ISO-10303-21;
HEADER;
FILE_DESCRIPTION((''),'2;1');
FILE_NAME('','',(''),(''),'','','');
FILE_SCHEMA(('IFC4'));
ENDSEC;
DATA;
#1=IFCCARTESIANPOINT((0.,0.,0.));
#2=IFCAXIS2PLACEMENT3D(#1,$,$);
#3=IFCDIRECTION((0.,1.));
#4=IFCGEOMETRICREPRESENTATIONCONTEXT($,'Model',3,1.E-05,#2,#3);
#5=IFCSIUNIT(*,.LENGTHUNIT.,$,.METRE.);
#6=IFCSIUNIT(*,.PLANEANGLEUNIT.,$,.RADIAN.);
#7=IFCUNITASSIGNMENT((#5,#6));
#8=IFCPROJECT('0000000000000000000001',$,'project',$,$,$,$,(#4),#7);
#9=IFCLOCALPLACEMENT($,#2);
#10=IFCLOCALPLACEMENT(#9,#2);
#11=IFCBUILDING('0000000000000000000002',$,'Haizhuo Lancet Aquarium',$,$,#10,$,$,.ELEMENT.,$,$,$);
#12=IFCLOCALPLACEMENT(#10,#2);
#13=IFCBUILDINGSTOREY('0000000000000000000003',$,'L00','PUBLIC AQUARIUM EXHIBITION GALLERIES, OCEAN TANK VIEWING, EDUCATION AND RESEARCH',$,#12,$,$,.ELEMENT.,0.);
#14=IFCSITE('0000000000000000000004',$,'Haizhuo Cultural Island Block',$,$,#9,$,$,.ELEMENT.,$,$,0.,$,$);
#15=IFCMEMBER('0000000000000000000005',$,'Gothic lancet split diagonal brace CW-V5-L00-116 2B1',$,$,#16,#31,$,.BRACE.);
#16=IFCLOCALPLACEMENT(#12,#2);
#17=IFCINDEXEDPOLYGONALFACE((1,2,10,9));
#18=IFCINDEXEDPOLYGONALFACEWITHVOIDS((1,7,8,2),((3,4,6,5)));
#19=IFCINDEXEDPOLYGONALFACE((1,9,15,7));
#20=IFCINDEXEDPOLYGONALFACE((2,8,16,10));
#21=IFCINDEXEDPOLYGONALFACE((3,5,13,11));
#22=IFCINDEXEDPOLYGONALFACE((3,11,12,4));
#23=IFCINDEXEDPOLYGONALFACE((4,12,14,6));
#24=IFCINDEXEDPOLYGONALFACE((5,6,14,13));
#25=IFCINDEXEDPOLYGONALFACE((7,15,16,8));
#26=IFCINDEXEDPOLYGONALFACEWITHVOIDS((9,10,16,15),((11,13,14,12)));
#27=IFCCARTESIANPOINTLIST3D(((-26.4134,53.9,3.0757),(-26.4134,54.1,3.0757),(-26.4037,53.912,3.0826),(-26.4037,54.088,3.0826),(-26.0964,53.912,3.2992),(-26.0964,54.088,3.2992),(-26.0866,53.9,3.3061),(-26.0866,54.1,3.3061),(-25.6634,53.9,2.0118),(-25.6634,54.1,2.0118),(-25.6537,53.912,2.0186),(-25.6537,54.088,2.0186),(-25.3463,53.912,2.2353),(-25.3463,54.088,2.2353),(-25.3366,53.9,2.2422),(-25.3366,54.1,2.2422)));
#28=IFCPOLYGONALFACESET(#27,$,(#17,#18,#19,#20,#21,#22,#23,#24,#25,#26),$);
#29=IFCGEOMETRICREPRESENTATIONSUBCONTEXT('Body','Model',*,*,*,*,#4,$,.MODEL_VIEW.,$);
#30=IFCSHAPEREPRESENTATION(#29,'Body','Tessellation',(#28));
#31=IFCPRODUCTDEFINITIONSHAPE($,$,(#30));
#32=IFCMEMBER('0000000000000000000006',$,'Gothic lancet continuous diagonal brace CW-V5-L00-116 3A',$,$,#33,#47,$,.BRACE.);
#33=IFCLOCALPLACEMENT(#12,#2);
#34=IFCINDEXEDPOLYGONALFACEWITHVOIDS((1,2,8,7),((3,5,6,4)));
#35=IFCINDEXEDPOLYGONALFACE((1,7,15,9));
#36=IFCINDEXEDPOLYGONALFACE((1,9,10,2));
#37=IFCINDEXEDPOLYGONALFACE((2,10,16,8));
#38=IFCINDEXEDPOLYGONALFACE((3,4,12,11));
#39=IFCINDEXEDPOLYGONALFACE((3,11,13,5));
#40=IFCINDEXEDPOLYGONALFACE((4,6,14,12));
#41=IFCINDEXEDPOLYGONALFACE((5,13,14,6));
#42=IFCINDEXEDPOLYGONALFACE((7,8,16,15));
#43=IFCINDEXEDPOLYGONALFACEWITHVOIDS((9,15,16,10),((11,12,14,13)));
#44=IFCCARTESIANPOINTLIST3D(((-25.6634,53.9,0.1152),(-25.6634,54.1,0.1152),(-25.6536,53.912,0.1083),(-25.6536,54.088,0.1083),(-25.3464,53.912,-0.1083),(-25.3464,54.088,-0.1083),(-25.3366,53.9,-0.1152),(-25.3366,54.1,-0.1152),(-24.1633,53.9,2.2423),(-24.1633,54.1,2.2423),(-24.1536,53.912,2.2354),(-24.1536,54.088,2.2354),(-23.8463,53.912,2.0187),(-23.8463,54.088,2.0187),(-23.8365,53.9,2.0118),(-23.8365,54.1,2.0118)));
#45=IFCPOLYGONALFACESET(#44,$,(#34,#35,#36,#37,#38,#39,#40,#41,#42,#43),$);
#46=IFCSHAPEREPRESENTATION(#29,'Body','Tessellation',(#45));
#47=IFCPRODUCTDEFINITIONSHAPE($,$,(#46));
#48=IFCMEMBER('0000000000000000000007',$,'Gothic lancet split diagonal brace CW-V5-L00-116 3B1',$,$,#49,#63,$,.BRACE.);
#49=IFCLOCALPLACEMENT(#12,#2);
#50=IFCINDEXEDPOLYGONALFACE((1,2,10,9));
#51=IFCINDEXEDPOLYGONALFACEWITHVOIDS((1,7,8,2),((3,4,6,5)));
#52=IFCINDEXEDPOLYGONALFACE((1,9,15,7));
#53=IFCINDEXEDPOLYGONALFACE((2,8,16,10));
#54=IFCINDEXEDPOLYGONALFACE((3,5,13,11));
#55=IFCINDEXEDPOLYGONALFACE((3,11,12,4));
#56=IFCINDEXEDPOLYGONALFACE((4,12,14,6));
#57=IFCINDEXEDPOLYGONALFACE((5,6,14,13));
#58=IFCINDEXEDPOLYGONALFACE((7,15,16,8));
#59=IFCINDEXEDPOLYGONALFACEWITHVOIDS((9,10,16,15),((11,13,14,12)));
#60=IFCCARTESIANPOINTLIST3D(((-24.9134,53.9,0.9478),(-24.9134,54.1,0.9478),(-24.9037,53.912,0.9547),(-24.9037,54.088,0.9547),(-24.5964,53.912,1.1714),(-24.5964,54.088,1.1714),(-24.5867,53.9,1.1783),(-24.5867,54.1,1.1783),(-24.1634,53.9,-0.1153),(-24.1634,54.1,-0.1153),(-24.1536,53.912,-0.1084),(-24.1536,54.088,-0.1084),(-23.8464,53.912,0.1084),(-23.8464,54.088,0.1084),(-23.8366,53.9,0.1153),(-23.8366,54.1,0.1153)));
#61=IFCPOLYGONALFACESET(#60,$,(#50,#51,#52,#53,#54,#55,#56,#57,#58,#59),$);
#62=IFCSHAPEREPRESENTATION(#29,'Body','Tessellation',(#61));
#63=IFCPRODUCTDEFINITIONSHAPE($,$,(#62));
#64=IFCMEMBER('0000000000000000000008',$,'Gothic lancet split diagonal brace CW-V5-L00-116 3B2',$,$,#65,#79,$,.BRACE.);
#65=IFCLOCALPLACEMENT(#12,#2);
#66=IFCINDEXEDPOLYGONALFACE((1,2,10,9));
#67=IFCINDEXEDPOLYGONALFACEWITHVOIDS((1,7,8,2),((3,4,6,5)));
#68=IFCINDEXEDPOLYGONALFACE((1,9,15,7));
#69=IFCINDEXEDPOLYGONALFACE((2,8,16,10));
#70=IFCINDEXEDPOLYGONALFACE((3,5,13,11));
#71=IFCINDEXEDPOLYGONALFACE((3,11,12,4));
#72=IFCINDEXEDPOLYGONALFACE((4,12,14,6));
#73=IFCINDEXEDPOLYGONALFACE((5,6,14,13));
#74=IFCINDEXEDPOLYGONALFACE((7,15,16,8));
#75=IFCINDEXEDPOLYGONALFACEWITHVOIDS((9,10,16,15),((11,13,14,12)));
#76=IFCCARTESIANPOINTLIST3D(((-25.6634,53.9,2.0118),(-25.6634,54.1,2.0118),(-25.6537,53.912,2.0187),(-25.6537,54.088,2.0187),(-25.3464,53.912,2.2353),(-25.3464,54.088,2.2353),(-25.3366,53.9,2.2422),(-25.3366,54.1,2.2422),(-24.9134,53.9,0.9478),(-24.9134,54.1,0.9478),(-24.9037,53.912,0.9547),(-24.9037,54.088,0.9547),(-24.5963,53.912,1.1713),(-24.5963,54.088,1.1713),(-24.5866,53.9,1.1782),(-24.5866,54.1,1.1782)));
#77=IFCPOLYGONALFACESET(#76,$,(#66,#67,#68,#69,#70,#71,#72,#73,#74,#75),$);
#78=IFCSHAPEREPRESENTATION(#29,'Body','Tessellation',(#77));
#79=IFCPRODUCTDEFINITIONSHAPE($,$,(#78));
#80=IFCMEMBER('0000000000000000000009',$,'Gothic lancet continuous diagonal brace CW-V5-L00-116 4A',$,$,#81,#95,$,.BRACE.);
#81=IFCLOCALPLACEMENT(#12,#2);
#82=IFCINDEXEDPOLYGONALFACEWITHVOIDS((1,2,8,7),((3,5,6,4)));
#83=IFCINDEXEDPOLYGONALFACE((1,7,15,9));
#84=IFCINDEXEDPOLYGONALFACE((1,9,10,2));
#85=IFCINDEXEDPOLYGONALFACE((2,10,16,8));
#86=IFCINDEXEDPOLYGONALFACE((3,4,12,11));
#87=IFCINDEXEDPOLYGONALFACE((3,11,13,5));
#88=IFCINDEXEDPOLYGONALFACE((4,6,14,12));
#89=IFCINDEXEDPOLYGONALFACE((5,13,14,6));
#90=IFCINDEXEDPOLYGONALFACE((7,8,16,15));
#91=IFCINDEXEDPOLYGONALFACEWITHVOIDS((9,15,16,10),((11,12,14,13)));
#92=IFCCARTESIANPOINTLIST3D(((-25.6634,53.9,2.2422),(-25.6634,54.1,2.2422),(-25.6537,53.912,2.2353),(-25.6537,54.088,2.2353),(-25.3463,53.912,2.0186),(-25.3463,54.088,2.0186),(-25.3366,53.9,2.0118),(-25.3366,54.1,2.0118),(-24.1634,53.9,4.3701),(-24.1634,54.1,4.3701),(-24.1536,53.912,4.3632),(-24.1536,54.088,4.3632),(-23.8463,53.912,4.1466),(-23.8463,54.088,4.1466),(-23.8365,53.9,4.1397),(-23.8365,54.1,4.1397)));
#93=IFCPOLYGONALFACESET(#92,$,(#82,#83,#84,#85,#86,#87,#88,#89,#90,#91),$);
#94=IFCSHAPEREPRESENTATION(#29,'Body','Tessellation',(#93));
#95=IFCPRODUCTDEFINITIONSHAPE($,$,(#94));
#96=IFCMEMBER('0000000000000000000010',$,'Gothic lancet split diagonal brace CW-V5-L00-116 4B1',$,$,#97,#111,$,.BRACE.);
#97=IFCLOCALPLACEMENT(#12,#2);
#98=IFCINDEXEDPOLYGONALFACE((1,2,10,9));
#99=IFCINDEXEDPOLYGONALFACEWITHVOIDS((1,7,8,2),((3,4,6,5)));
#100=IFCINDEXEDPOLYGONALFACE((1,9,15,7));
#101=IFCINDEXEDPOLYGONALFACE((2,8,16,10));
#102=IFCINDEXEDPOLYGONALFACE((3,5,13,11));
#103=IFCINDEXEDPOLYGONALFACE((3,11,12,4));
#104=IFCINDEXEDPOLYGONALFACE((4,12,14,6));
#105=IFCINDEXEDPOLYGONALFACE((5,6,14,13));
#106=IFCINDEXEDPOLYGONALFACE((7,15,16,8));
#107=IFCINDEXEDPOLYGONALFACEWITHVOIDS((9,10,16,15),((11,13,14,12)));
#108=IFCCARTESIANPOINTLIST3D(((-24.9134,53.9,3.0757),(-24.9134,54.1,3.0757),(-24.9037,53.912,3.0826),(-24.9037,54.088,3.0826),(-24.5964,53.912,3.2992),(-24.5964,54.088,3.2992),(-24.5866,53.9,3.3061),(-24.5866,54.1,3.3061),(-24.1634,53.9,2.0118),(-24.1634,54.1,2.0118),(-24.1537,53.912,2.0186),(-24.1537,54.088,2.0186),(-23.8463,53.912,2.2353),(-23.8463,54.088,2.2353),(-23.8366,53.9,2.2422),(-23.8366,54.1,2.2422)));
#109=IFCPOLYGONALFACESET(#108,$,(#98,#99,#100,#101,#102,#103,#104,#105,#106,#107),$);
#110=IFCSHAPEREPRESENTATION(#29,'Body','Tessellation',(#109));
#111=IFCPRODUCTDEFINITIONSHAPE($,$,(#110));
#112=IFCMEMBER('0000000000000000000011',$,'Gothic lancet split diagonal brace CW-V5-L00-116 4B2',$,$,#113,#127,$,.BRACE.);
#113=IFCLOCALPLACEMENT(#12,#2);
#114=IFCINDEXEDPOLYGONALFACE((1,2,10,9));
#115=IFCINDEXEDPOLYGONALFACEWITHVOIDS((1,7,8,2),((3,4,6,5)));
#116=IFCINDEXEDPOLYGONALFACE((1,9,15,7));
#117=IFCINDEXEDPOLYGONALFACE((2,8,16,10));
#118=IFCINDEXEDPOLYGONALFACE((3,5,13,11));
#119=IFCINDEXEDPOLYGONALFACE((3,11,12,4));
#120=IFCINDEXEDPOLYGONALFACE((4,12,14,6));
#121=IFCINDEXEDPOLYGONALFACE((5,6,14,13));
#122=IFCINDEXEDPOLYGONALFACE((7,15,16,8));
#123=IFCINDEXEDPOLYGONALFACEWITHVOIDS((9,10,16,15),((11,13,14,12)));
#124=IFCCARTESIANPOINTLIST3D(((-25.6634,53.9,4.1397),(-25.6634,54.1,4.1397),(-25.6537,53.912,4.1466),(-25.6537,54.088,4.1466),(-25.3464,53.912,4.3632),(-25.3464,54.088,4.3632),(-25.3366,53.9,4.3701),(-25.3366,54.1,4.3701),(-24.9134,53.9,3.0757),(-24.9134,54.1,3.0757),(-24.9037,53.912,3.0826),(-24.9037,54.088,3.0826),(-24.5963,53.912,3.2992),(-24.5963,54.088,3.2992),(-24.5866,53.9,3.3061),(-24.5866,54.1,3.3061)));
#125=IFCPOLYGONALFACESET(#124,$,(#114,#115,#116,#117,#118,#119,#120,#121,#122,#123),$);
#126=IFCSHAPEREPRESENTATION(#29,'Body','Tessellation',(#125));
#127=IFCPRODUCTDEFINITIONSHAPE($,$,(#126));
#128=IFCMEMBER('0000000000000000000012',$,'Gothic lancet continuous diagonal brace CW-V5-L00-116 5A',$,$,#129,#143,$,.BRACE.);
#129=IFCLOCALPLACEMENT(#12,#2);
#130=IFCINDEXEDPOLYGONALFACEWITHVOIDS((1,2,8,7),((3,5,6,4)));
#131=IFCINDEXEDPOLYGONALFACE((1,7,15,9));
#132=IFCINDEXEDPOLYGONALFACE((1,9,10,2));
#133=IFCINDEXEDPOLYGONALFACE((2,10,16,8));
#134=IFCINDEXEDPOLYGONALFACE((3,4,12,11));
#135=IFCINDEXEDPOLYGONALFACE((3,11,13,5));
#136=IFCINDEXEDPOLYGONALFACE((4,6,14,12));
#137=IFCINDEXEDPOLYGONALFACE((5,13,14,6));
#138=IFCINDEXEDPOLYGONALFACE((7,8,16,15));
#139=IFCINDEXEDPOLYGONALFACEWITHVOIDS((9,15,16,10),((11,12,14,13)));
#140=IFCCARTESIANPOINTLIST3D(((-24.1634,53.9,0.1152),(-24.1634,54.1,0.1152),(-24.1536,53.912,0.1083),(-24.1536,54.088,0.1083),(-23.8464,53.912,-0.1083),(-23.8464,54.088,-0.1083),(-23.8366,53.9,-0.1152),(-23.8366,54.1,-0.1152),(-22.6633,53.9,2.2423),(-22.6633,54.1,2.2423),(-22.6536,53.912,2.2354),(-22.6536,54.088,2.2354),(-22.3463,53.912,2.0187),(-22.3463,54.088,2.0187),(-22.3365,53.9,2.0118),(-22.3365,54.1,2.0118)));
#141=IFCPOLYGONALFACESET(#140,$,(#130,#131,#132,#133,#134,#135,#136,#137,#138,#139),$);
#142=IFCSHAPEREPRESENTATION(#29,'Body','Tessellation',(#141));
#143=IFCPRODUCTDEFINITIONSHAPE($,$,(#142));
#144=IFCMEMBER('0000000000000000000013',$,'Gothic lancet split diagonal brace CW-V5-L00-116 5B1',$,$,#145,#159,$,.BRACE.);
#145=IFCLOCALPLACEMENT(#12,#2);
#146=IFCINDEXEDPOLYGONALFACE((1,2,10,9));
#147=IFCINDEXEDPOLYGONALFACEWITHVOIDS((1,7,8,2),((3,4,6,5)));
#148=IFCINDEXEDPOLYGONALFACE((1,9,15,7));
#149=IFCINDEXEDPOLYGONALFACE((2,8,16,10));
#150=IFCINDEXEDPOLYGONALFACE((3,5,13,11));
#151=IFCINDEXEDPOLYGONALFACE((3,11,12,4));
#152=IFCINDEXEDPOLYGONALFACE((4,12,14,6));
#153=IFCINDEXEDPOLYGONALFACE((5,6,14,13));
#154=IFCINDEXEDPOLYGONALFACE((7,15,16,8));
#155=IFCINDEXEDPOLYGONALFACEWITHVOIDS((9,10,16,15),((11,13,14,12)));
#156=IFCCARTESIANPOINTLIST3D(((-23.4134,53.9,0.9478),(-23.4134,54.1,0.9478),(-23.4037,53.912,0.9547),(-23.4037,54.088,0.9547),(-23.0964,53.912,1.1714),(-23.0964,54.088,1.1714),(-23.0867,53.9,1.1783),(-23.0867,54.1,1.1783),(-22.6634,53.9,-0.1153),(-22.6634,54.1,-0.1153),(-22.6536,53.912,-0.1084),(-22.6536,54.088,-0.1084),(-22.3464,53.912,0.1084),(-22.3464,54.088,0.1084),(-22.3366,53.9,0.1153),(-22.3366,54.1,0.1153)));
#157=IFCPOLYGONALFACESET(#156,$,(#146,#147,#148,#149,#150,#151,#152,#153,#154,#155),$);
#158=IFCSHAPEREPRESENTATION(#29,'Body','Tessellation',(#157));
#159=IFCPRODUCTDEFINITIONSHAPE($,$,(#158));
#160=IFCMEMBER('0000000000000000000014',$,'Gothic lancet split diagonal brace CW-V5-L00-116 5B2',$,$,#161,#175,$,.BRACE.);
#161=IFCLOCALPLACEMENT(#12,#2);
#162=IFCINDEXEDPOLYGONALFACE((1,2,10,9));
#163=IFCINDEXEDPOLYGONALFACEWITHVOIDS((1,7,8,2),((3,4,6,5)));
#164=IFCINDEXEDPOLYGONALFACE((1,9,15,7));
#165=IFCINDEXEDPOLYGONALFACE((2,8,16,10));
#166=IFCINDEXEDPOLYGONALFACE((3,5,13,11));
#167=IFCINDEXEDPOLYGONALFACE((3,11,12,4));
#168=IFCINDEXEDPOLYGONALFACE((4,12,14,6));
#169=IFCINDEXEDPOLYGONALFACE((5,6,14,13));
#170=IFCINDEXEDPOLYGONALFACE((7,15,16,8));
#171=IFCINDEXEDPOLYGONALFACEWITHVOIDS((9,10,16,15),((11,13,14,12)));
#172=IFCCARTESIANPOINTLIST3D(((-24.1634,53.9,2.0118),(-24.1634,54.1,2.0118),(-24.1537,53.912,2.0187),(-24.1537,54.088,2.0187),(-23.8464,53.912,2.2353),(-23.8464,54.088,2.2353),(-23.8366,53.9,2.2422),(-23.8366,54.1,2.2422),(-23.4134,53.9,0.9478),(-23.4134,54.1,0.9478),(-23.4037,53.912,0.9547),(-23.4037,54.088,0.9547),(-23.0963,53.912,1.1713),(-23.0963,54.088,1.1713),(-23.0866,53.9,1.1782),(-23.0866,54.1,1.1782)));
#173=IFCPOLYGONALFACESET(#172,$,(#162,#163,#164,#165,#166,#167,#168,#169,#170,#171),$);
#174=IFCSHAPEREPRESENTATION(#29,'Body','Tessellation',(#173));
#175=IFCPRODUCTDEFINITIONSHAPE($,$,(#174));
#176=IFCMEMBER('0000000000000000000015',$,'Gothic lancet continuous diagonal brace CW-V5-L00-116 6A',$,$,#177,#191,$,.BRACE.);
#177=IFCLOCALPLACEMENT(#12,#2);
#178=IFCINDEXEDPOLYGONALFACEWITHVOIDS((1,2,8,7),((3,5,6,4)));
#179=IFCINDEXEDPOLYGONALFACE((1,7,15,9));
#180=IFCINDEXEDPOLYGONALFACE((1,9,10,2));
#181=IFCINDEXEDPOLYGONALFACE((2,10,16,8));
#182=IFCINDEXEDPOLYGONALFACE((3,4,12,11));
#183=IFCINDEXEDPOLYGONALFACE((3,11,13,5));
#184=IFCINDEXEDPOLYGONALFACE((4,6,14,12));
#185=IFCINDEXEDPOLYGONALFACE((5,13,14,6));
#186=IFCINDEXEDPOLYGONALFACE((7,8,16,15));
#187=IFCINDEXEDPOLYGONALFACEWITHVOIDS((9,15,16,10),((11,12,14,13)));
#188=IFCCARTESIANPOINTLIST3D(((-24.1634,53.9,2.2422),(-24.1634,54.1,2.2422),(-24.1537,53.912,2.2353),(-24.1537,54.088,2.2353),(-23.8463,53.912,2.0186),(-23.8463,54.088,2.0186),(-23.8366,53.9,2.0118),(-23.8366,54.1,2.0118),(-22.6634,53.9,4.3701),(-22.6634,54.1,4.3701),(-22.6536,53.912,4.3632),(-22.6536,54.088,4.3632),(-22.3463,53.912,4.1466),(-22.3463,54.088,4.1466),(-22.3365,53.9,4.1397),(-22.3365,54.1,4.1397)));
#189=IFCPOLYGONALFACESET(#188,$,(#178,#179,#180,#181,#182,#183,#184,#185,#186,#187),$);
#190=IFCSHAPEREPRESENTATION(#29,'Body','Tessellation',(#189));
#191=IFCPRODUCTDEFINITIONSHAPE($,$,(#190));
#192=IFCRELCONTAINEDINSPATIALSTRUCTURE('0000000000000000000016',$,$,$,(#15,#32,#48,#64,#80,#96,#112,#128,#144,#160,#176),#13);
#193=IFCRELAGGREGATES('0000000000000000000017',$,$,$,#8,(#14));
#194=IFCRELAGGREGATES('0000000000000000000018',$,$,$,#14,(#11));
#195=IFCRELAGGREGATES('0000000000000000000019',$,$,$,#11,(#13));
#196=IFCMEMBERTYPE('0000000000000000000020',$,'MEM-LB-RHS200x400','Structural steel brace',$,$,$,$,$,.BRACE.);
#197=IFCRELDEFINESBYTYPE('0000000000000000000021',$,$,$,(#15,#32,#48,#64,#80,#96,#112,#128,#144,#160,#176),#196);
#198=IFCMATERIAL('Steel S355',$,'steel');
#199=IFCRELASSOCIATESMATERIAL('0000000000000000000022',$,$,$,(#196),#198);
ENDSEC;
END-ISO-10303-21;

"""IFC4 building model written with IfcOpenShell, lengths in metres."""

from ifc_helpers import new_model, si_unit, direction, frame, origin, origin_2d, place, context, subcontext, project, spatial, hollow_rectangle, extrude, material, material_profile, profile_set, type_object, element, save


model = new_model("IFC4")

# Units and contexts
model_context = context("Model", 3, precision=1e-05, world=origin(), true_north=direction((0.0, 1.0)))
body_context = subcontext(model_context, "Body", "Model", "MODEL_VIEW")
ifc_project = project(units=[si_unit("LENGTHUNIT", "METRE"), si_unit("PLANEANGLEUNIT", "RADIAN")], contexts=[model_context])

# Site, building, storey
site_placement = place(None, origin())
site = spatial("IfcSite", under=ifc_project, at=site_placement, Name="Haizhuo Cultural Island Block", CompositionType="ELEMENT", RefElevation=0.0)
building_placement = place(site_placement, origin())
building = spatial("IfcBuilding", under=site, at=building_placement, Name="Haizhuo Lancet Aquarium", CompositionType="ELEMENT")
storey_placement = place(building_placement, origin())
storey = spatial("IfcBuildingStorey", under=building, at=storey_placement, Name="L00", Description="PUBLIC AQUARIUM EXHIBITION GALLERIES, OCEAN TANK VIEWING, EDUCATION AND RESEARCH", CompositionType="ELEMENT", Elevation=0.0)

# Members
ifc_material_1 = material(Name="Steel S355", Category="steel")
ifc_material_profile_1 = material_profile(ifc_material_1, hollow_rectangle(XDim=0.2, YDim=0.3999, WallThickness=0.012, at=origin_2d()), Name="RHS 200x400x12")
ifc_profile_set_1 = profile_set([ifc_material_profile_1], Name="Steel S355")
member_type_1 = type_object("IfcMemberType", Name="MEM-LB-RHS200x400", Description="Structural steel brace", PredefinedType="BRACE", material=ifc_profile_set_1)
member_1_placement = place(storey_placement, frame((-25.5, 54.0, 2.127), z_axis=(-0.576153, 0.0, 0.817342), x_axis=(0.0, -1.0, 0.0)))
element("IfcMember", 1, at=member_1_placement, inside=storey, type_object=member_type_1, Name="Gothic lancet split diagonal brace CW-V5-L00-116 2B1", PredefinedType="BRACE", context=body_context, shape_type="SweptSolid", body=[
    extrude(hollow_rectangle(XDim=0.2, YDim=0.3999, WallThickness=0.012, at=origin_2d()), origin(), (0.0, 0.0, 1.0), 1.3018),
])
member_2_placement = place(storey_placement, frame((-25.5, 54.0, 0.0), z_axis=(0.57633, 0.0, 0.817217), x_axis=(0.0, 1.0, 0.0)))
element("IfcMember", 2, at=member_2_placement, inside=storey, type_object=member_type_1, Name="Gothic lancet continuous diagonal brace CW-V5-L00-116 3A", PredefinedType="BRACE", context=body_context, shape_type="SweptSolid", body=[
    extrude(hollow_rectangle(XDim=0.2, YDim=0.3999, WallThickness=0.012, at=origin_2d()), origin(), (0.0, 0.0, 1.0), 2.6028),
])
member_3_placement = place(storey_placement, frame((-24.0, 54.0, 0.0), z_axis=(-0.576506, 0.0, 0.817093), x_axis=(0.0, -1.0, 0.0)))
element("IfcMember", 3, at=member_3_placement, inside=storey, type_object=member_type_1, Name="Gothic lancet split diagonal brace CW-V5-L00-116 3B1", PredefinedType="BRACE", context=body_context, shape_type="SweptSolid", body=[
    extrude(hollow_rectangle(XDim=0.2, YDim=0.3999, WallThickness=0.012, at=origin_2d()), origin(), (0.0, 0.0, 1.0), 1.301),
])
member_4_placement = place(storey_placement, frame((-24.75, 54.0, 1.063), z_axis=(-0.576153, 0.0, 0.817342), x_axis=(0.0, -1.0, 0.0)))
element("IfcMember", 4, at=member_4_placement, inside=storey, type_object=member_type_1, Name="Gothic lancet split diagonal brace CW-V5-L00-116 3B2", PredefinedType="BRACE", context=body_context, shape_type="SweptSolid", body=[
    extrude(hollow_rectangle(XDim=0.2, YDim=0.3999, WallThickness=0.012, at=origin_2d()), origin(), (0.0, 0.0, 1.0), 1.3018),
])
member_5_placement = place(storey_placement, frame((-25.5, 54.0, 2.127), z_axis=(0.576153, 0.0, 0.817342), x_axis=(0.0, 1.0, 0.0)))
element("IfcMember", 5, at=member_5_placement, inside=storey, type_object=member_type_1, Name="Gothic lancet continuous diagonal brace CW-V5-L00-116 4A", PredefinedType="BRACE", context=body_context, shape_type="SweptSolid", body=[
    extrude(hollow_rectangle(XDim=0.2, YDim=0.3999, WallThickness=0.012, at=origin_2d()), origin(), (0.0, 0.0, 1.0), 2.6035),
])
for number, where, z_axis, x_axis, name in (
    (6, (-24.0, 54.0, 2.127), (-0.576153, 0.0, 0.817342), (0.0, -1.0, 0.0), "Gothic lancet split diagonal brace CW-V5-L00-116 4B1"),
    (7, (-24.75, 54.0, 3.1909), (-0.576153, 0.0, 0.817342), (0.0, -1.0, 0.0), "Gothic lancet split diagonal brace CW-V5-L00-116 4B2"),
):
    element("IfcMember", number, at=place(storey_placement, frame(where, z_axis=z_axis, x_axis=x_axis)), inside=storey, type_object=member_type_1, Name=name, PredefinedType="BRACE", context=body_context, shape_type="SweptSolid", body=[
        extrude(hollow_rectangle(XDim=0.2, YDim=0.3999, WallThickness=0.012, at=origin_2d()), origin(), (0.0, 0.0, 1.0), 1.3018),
    ])
member_6_placement = place(storey_placement, frame((-24.0, 54.0, 0.0), z_axis=(0.57633, 0.0, 0.817217), x_axis=(0.0, 1.0, 0.0)))
element("IfcMember", 8, at=member_6_placement, inside=storey, type_object=member_type_1, Name="Gothic lancet continuous diagonal brace CW-V5-L00-116 5A", PredefinedType="BRACE", context=body_context, shape_type="SweptSolid", body=[
    extrude(hollow_rectangle(XDim=0.2, YDim=0.3999, WallThickness=0.012, at=origin_2d()), origin(), (0.0, 0.0, 1.0), 2.6028),
])
member_7_placement = place(storey_placement, frame((-22.5, 54.0, 0.0), z_axis=(-0.576506, 0.0, 0.817093), x_axis=(0.0, -1.0, 0.0)))
element("IfcMember", 9, at=member_7_placement, inside=storey, type_object=member_type_1, Name="Gothic lancet split diagonal brace CW-V5-L00-116 5B1", PredefinedType="BRACE", context=body_context, shape_type="SweptSolid", body=[
    extrude(hollow_rectangle(XDim=0.2, YDim=0.3999, WallThickness=0.012, at=origin_2d()), origin(), (0.0, 0.0, 1.0), 1.301),
])
member_8_placement = place(storey_placement, frame((-23.25, 54.0, 1.063), z_axis=(-0.576153, 0.0, 0.817342), x_axis=(0.0, -1.0, 0.0)))
element("IfcMember", 10, at=member_8_placement, inside=storey, type_object=member_type_1, Name="Gothic lancet split diagonal brace CW-V5-L00-116 5B2", PredefinedType="BRACE", context=body_context, shape_type="SweptSolid", body=[
    extrude(hollow_rectangle(XDim=0.2, YDim=0.3999, WallThickness=0.012, at=origin_2d()), origin(), (0.0, 0.0, 1.0), 1.3018),
])
member_9_placement = place(storey_placement, frame((-24.0, 54.0, 2.127), z_axis=(0.576153, 0.0, 0.817342), x_axis=(0.0, 1.0, 0.0)))
element("IfcMember", 11, at=member_9_placement, inside=storey, type_object=member_type_1, Name="Gothic lancet continuous diagonal brace CW-V5-L00-116 6A", PredefinedType="BRACE", context=body_context, shape_type="SweptSolid", body=[
    extrude(hollow_rectangle(XDim=0.2, YDim=0.3999, WallThickness=0.012, at=origin_2d()), origin(), (0.0, 0.0, 1.0), 2.6035),
])

save(model, "model.ifc")
